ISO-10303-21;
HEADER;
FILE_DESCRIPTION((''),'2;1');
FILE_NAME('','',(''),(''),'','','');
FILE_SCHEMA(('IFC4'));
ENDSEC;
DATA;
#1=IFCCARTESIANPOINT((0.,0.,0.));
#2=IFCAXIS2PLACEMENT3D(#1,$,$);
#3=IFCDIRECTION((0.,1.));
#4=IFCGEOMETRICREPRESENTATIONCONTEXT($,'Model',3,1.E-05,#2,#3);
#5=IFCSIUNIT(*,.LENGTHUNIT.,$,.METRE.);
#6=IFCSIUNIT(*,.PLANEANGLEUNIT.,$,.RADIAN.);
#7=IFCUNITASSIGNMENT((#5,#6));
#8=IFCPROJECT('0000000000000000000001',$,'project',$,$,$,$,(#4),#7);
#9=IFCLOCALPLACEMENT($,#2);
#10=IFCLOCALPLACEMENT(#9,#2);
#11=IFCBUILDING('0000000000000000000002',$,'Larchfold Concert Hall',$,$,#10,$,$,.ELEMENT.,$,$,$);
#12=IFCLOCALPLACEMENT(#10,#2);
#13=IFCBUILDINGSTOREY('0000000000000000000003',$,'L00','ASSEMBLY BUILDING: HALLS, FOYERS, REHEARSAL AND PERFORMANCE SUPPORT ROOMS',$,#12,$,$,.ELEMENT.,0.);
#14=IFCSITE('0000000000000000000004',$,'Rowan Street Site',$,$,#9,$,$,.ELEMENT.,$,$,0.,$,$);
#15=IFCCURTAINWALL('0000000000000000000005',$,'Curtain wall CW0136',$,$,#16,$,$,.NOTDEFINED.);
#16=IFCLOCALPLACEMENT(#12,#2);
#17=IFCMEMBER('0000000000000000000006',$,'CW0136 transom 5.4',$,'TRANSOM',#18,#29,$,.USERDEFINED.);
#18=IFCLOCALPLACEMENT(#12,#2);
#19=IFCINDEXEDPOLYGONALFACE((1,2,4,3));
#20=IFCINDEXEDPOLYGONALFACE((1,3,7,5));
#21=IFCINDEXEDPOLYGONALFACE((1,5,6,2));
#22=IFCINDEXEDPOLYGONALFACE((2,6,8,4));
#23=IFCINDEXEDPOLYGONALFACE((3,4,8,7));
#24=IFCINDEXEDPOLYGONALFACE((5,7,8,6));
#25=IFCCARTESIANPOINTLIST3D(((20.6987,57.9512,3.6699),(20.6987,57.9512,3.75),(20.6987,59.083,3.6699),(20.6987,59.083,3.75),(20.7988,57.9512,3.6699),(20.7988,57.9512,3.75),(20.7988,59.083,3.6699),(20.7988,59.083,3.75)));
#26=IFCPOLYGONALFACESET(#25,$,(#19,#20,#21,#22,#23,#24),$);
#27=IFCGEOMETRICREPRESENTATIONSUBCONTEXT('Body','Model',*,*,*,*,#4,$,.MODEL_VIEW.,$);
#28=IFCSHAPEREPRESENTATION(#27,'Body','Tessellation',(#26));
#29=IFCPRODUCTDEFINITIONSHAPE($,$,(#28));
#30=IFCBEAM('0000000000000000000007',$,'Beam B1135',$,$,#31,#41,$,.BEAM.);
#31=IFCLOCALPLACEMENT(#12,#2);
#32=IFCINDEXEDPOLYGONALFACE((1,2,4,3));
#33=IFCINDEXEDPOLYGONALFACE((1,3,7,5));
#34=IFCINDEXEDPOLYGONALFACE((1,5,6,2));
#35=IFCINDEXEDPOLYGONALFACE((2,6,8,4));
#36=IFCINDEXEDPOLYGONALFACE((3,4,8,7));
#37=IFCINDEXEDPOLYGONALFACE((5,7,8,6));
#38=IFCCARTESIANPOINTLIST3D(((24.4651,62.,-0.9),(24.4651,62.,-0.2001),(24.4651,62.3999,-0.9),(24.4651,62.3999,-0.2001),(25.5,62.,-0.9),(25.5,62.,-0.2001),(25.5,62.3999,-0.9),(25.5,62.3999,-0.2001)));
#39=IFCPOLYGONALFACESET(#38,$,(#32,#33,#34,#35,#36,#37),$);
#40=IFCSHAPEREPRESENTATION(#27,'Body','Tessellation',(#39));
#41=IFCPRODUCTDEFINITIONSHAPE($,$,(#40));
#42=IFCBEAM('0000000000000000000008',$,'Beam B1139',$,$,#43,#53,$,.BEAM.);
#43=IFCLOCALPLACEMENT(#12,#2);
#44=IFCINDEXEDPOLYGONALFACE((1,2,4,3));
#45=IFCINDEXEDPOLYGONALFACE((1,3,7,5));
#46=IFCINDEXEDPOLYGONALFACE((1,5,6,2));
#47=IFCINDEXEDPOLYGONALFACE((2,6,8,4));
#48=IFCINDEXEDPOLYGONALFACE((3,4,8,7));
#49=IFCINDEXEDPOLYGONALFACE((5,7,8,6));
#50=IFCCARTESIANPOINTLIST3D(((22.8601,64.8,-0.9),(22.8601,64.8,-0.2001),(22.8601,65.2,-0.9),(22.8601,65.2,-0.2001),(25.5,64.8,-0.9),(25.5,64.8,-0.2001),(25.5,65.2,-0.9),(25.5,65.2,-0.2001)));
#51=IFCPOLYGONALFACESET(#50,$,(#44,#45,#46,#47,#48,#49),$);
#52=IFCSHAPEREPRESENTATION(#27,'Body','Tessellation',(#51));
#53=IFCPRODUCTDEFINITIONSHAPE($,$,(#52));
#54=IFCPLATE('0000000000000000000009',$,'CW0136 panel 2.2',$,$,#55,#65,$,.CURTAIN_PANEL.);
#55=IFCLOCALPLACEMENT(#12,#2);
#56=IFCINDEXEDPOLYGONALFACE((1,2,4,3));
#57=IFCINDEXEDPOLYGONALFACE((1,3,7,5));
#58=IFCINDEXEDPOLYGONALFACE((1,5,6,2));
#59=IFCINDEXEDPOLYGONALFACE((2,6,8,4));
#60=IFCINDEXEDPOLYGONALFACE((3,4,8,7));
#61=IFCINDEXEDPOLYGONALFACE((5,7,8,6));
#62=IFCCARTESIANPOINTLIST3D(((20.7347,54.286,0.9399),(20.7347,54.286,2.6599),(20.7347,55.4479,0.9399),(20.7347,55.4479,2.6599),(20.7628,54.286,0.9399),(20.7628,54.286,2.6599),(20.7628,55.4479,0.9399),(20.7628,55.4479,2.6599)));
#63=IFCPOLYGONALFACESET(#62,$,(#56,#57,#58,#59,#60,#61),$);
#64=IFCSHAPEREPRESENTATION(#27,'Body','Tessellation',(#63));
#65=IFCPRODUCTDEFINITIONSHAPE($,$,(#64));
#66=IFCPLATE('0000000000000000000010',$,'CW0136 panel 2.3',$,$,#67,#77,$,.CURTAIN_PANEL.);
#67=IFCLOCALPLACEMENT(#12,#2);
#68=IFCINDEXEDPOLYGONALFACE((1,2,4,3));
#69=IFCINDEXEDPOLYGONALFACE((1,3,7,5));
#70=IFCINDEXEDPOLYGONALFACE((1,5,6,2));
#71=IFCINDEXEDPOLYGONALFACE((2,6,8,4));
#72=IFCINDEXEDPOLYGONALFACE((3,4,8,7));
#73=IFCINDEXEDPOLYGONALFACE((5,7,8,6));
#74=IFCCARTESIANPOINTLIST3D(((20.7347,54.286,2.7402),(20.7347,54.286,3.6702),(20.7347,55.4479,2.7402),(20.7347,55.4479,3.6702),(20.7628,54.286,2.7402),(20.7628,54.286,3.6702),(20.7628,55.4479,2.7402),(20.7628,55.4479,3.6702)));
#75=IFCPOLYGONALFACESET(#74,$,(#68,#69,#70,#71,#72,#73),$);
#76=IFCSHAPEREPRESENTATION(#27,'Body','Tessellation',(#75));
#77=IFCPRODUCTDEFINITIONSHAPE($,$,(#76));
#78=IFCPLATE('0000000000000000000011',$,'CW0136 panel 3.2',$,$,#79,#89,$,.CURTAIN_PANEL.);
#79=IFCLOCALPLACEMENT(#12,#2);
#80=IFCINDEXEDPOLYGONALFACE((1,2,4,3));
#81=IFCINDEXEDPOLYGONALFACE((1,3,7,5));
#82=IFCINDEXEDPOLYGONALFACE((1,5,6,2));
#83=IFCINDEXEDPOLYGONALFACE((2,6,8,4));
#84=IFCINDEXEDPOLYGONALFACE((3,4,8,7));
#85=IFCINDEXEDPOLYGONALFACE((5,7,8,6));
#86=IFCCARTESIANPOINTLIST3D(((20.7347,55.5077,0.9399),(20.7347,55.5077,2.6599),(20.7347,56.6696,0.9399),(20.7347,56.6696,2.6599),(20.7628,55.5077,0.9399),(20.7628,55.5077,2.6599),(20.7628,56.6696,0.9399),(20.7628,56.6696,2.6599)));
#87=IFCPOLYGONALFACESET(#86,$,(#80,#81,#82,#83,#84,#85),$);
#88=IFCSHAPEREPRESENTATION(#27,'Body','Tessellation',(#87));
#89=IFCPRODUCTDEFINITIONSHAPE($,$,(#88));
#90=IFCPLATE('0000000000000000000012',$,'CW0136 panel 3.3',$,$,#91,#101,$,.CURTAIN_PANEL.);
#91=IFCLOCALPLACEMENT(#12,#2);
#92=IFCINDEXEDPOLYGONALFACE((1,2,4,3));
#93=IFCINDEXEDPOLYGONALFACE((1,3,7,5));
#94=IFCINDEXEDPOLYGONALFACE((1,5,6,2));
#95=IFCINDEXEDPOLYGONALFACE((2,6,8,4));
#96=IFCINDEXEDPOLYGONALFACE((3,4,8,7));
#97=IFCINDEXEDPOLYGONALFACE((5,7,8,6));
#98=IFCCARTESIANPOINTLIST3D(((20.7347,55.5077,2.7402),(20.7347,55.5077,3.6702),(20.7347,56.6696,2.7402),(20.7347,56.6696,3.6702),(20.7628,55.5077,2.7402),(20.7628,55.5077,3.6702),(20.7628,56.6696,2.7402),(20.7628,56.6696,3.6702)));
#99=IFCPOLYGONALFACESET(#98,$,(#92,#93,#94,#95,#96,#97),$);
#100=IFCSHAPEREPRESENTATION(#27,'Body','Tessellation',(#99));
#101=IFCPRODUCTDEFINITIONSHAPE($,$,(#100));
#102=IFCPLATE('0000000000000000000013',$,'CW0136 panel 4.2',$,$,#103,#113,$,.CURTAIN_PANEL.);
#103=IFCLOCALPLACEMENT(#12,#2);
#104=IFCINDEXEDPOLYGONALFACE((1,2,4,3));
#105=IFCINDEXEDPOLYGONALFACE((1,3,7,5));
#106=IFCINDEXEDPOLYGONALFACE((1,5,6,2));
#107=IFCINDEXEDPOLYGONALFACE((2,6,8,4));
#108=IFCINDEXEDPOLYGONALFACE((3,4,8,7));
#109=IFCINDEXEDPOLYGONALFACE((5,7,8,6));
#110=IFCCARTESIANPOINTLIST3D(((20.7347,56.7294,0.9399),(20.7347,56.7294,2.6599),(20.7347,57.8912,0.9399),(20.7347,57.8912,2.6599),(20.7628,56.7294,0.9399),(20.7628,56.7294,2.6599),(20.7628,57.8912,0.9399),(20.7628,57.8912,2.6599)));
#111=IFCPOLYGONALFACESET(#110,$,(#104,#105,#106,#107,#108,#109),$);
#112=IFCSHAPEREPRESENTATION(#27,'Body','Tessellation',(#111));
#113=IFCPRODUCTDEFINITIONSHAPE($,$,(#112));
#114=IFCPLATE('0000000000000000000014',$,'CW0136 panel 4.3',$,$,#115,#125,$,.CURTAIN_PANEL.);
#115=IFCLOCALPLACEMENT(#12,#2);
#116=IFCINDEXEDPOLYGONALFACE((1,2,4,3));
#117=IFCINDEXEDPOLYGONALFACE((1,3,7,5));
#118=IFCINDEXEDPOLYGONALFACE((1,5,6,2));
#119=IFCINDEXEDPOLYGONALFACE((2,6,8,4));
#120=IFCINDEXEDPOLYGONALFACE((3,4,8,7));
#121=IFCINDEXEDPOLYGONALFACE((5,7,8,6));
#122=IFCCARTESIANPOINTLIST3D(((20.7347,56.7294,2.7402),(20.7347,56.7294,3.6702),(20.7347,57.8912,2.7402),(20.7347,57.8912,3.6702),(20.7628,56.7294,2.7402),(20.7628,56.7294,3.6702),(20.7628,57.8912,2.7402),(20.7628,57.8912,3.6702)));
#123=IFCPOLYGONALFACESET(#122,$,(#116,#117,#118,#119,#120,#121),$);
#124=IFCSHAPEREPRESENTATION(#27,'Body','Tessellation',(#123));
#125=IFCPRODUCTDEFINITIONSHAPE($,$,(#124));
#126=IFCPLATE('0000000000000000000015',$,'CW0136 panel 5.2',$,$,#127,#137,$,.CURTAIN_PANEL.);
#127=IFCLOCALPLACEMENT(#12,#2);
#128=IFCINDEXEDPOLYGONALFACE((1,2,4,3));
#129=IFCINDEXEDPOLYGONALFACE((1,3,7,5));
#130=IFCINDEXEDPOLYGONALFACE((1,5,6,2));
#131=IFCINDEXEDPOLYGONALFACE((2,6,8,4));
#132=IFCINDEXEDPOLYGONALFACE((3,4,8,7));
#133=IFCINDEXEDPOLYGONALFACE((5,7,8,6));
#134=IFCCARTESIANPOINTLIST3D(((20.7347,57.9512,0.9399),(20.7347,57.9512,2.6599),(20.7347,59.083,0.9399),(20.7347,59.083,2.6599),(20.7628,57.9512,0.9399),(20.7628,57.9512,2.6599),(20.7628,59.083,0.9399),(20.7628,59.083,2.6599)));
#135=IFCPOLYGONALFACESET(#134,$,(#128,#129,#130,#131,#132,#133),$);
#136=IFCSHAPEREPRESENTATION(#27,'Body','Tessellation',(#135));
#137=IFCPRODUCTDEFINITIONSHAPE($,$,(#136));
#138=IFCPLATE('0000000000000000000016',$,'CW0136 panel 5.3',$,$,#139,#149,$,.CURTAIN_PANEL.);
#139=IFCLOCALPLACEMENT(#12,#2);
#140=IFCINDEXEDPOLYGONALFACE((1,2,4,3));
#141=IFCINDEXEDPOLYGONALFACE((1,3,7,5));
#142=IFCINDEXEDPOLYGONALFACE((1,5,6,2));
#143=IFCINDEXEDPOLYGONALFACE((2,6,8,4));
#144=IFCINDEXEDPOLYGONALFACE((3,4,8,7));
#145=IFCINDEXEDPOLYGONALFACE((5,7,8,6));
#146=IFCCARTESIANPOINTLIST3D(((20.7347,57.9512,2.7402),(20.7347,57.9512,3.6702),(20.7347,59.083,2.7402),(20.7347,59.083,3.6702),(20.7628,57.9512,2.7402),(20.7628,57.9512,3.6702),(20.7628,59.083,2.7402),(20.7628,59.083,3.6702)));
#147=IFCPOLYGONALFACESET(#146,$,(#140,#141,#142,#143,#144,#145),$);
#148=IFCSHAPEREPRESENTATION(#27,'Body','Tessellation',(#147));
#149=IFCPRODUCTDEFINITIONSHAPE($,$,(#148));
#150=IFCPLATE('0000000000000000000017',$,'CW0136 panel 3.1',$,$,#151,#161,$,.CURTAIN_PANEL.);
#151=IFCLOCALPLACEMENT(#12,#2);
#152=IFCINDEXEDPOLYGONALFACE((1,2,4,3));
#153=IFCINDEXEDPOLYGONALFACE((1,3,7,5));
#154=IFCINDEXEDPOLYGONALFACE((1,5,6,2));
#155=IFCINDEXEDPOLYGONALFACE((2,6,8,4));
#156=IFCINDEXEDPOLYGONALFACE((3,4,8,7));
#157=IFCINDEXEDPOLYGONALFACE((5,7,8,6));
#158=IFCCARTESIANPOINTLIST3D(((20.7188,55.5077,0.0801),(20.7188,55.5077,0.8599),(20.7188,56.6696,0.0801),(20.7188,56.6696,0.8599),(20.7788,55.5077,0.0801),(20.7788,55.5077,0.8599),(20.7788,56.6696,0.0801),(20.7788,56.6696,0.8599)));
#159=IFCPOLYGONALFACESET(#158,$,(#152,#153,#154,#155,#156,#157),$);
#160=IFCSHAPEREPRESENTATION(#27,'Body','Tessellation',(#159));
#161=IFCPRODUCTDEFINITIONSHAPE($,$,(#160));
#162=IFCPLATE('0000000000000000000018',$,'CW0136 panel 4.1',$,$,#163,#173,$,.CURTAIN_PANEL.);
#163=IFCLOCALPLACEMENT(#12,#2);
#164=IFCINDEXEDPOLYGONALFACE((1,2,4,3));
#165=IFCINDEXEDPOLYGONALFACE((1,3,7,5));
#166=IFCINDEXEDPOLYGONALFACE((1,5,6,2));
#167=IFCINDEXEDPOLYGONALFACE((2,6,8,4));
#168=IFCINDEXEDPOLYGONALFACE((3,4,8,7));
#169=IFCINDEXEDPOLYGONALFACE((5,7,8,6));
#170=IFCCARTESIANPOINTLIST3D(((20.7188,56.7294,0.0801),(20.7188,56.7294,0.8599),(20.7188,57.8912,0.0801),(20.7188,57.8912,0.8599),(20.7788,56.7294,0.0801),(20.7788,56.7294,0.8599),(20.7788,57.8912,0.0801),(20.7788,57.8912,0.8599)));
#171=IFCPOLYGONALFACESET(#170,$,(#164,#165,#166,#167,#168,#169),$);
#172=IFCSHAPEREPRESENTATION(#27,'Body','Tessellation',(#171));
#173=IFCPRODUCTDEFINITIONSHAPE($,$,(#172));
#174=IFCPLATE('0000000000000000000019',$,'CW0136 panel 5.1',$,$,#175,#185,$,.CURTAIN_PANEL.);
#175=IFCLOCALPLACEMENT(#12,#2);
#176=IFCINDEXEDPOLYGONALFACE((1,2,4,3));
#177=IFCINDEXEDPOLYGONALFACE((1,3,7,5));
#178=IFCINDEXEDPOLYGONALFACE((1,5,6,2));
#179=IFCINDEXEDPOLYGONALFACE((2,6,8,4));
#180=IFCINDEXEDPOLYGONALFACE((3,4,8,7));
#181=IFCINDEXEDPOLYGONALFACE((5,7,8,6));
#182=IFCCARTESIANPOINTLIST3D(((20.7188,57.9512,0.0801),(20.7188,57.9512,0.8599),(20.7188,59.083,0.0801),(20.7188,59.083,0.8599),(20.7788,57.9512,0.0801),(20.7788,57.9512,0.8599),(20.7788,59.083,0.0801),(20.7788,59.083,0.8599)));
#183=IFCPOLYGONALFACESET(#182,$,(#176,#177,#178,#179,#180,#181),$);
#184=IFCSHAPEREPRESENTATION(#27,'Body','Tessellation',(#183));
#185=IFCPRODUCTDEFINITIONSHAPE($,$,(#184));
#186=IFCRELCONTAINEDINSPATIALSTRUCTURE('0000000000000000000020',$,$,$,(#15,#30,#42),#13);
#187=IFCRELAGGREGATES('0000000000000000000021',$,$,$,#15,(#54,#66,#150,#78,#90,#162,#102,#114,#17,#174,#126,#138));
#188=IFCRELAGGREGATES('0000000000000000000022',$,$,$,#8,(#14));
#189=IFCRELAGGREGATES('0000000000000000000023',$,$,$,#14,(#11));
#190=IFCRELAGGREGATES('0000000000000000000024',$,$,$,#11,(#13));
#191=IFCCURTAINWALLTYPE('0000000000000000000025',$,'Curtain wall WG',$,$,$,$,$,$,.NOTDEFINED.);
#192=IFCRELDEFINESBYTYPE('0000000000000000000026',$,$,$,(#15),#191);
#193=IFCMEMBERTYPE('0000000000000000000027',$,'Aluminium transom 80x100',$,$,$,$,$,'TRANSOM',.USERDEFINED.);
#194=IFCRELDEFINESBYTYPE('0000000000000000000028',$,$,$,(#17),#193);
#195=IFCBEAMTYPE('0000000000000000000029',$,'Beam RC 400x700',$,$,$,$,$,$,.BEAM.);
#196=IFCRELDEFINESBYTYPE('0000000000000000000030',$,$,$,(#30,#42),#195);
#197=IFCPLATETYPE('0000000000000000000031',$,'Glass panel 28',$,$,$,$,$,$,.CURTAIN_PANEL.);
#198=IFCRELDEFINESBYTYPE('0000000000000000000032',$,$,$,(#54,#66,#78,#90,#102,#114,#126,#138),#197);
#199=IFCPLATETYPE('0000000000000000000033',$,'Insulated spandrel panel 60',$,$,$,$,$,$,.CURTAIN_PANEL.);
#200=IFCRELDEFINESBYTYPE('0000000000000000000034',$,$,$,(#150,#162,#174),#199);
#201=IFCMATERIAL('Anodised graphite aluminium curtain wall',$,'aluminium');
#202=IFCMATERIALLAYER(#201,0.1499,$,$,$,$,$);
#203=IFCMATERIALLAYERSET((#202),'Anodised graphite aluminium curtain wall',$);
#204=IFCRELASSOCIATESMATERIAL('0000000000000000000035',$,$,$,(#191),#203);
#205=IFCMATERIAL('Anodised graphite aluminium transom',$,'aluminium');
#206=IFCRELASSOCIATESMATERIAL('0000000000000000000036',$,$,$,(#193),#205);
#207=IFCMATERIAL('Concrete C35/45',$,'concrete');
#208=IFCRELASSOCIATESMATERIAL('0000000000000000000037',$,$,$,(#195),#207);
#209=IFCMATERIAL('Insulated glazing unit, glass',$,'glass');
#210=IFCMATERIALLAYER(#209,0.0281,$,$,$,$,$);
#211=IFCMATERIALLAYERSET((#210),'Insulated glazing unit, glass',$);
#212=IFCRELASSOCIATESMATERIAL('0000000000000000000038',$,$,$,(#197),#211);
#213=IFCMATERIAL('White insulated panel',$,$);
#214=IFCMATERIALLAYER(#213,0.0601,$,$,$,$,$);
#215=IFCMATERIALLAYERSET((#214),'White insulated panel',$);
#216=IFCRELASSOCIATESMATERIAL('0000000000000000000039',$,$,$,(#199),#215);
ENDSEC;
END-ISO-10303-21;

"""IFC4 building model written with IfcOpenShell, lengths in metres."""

from ifc_helpers import new_model, si_unit, direction, frame, origin, origin_2d, place, context, subcontext, project, spatial, rectangle, extrude, material, layer, layer_set, material_profile, profile_set, type_object, element, aggregate, save


model = new_model("IFC4")

# Units and contexts
model_context = context("Model", 3, precision=1e-05, world=origin(), true_north=direction((0.0, 1.0)))
body_context = subcontext(model_context, "Body", "Model", "MODEL_VIEW")
ifc_project = project(units=[si_unit("LENGTHUNIT", "METRE"), si_unit("PLANEANGLEUNIT", "RADIAN")], contexts=[model_context])

# Site, building, storey
site_placement = place(None, origin())
site = spatial("IfcSite", under=ifc_project, at=site_placement, Name="Rowan Street Site", CompositionType="ELEMENT", RefElevation=0.0)
building_placement = place(site_placement, origin())
building = spatial("IfcBuilding", under=site, at=building_placement, Name="Larchfold Concert Hall", CompositionType="ELEMENT")
storey_placement = place(building_placement, origin())
storey = spatial("IfcBuildingStorey", under=building, at=storey_placement, Name="L00", Description="ASSEMBLY BUILDING: HALLS, FOYERS, REHEARSAL AND PERFORMANCE SUPPORT ROOMS", CompositionType="ELEMENT", Elevation=0.0)

# Curtain wall, member
ifc_material_1 = material(Name="Anodised graphite aluminium curtain wall", Category="aluminium")
ifc_layer_1 = layer(ifc_material_1, 0.1499)
ifc_layer_set_1 = layer_set([ifc_layer_1], Name="Anodised graphite aluminium curtain wall")
curtain_wall_type = type_object("IfcCurtainWallType", Name="Curtain wall WG", PredefinedType="NOTDEFINED", material=ifc_layer_set_1)
curtain_wall_placement = place(storey_placement, origin())
curtain_wall = element("IfcCurtainWall", 1, at=curtain_wall_placement, inside=storey, type_object=curtain_wall_type, Name="Curtain wall CW0136", PredefinedType="NOTDEFINED")
ifc_material_2 = material(Name="Anodised graphite aluminium transom", Category="aluminium")
ifc_material_profile_1 = material_profile(ifc_material_2, rectangle(XDim=0.1001, YDim=0.0801, at=origin_2d()))
ifc_profile_set_1 = profile_set([ifc_material_profile_1], Name="Anodised graphite aluminium transom")
member_type_1 = type_object("IfcMemberType", Name="Aluminium transom 80x100", ElementType="TRANSOM", PredefinedType="USERDEFINED", material=ifc_profile_set_1)
member_1_placement = place(storey_placement, frame((20.7488, 57.9512, 3.71), z_axis=(0.0, 1.0, 0.0), x_axis=(-1.0, 0.0, 0.0)))
member_1 = element("IfcMember", 2, at=member_1_placement, type_object=member_type_1, Name="CW0136 transom 5.4", ObjectType="TRANSOM", PredefinedType="USERDEFINED", context=body_context, shape_type="SweptSolid", body=[
    extrude(rectangle(XDim=0.1001, YDim=0.0801, at=origin_2d()), origin(), (0.0, 0.0, 1.0), 1.1318),
])

# Beams
ifc_material_3 = material(Name="Concrete C35/45", Category="concrete")
ifc_material_profile_2 = material_profile(ifc_material_3, rectangle(XDim=0.3999, YDim=0.7, at=origin_2d()))
ifc_profile_set_2 = profile_set([ifc_material_profile_2], Name="Concrete C35/45")
beam_type = type_object("IfcBeamType", Name="Beam RC 400x700", PredefinedType="BEAM", material=ifc_profile_set_2)
beam_1_placement = place(storey_placement, frame((24.4651, 62.2, -0.55), z_axis=(1.0, 0.0, 0.0), x_axis=(0.0, 1.0, 0.0)))
element("IfcBeam", 3, at=beam_1_placement, inside=storey, type_object=beam_type, Name="Beam B1135", PredefinedType="BEAM", context=body_context, shape_type="SweptSolid", body=[
    extrude(rectangle(XDim=0.3999, YDim=0.7, at=origin_2d()), origin(), (0.0, 0.0, 1.0), 1.0349),
])
beam_2_placement = place(storey_placement, frame((22.8601, 65.0, -0.55), z_axis=(1.0, 0.0, 0.0), x_axis=(0.0, 1.0, 0.0)))
element("IfcBeam", 4, at=beam_2_placement, inside=storey, type_object=beam_type, Name="Beam B1139", PredefinedType="BEAM", context=body_context, shape_type="SweptSolid", body=[
    extrude(rectangle(XDim=0.3999, YDim=0.7, at=origin_2d()), origin(), (0.0, 0.0, 1.0), 2.6399),
])

# Plates
ifc_material_4 = material(Name="Insulated glazing unit, glass", Category="glass")
ifc_layer_2 = layer(ifc_material_4, 0.0281)
ifc_layer_set_2 = layer_set([ifc_layer_2], Name="Insulated glazing unit, glass")
plate_type_1 = type_object("IfcPlateType", Name="Glass panel 28", PredefinedType="CURTAIN_PANEL", material=ifc_layer_set_2)
plate_1_placement = place(storey_placement, frame((20.7488, 54.8669, 0.9399), z_axis=(0.0, 0.0, 1.0), x_axis=(0.0, 1.0, 0.0)))
plate_1 = element("IfcPlate", 5, at=plate_1_placement, type_object=plate_type_1, Name="CW0136 panel 2.2", PredefinedType="CURTAIN_PANEL", context=body_context, shape_type="SweptSolid", body=[
    extrude(rectangle(XDim=1.1619, YDim=0.0281, at=origin_2d()), origin(), (0.0, 0.0, 1.0), 1.72),
])
plate_2_placement = place(storey_placement, frame((20.7488, 54.8669, 2.7402), z_axis=(0.0, 0.0, 1.0), x_axis=(0.0, 1.0, 0.0)))
plate_2 = element("IfcPlate", 6, at=plate_2_placement, type_object=plate_type_1, Name="CW0136 panel 2.3", PredefinedType="CURTAIN_PANEL", context=body_context, shape_type="SweptSolid", body=[
    extrude(rectangle(XDim=1.1619, YDim=0.0281, at=origin_2d()), origin(), (0.0, 0.0, 1.0), 0.9299),
])
plate_3_placement = place(storey_placement, frame((20.7488, 56.0886, 0.9399), z_axis=(0.0, 0.0, 1.0), x_axis=(0.0, 1.0, 0.0)))
plate_3 = element("IfcPlate", 7, at=plate_3_placement, type_object=plate_type_1, Name="CW0136 panel 3.2", PredefinedType="CURTAIN_PANEL", context=body_context, shape_type="SweptSolid", body=[
    extrude(rectangle(XDim=1.1619, YDim=0.0281, at=origin_2d()), origin(), (0.0, 0.0, 1.0), 1.72),
])
plate_4_placement = place(storey_placement, frame((20.7488, 56.0886, 2.7402), z_axis=(0.0, 0.0, 1.0), x_axis=(0.0, 1.0, 0.0)))
plate_4 = element("IfcPlate", 8, at=plate_4_placement, type_object=plate_type_1, Name="CW0136 panel 3.3", PredefinedType="CURTAIN_PANEL", context=body_context, shape_type="SweptSolid", body=[
    extrude(rectangle(XDim=1.1619, YDim=0.0281, at=origin_2d()), origin(), (0.0, 0.0, 1.0), 0.9299),
])
plate_5_placement = place(storey_placement, frame((20.7488, 57.3103, 0.9399), z_axis=(0.0, 0.0, 1.0), x_axis=(0.0, 1.0, 0.0)))
plate_5 = element("IfcPlate", 9, at=plate_5_placement, type_object=plate_type_1, Name="CW0136 panel 4.2", PredefinedType="CURTAIN_PANEL", context=body_context, shape_type="SweptSolid", body=[
    extrude(rectangle(XDim=1.1619, YDim=0.0281, at=origin_2d()), origin(), (0.0, 0.0, 1.0), 1.72),
])
plate_6_placement = place(storey_placement, frame((20.7488, 57.3103, 2.7402), z_axis=(0.0, 0.0, 1.0), x_axis=(0.0, 1.0, 0.0)))
plate_6 = element("IfcPlate", 10, at=plate_6_placement, type_object=plate_type_1, Name="CW0136 panel 4.3", PredefinedType="CURTAIN_PANEL", context=body_context, shape_type="SweptSolid", body=[
    extrude(rectangle(XDim=1.1619, YDim=0.0281, at=origin_2d()), origin(), (0.0, 0.0, 1.0), 0.9299),
])
plate_7_placement = place(storey_placement, frame((20.7488, 58.5171, 0.9399), z_axis=(0.0, 0.0, 1.0), x_axis=(0.0, 1.0, 0.0)))
plate_7 = element("IfcPlate", 11, at=plate_7_placement, type_object=plate_type_1, Name="CW0136 panel 5.2", PredefinedType="CURTAIN_PANEL", context=body_context, shape_type="SweptSolid", body=[
    extrude(rectangle(XDim=1.1318, YDim=0.0281, at=origin_2d()), origin(), (0.0, 0.0, 1.0), 1.72),
])
plate_8_placement = place(storey_placement, frame((20.7488, 58.5171, 2.7402), z_axis=(0.0, 0.0, 1.0), x_axis=(0.0, 1.0, 0.0)))
plate_8 = element("IfcPlate", 12, at=plate_8_placement, type_object=plate_type_1, Name="CW0136 panel 5.3", PredefinedType="CURTAIN_PANEL", context=body_context, shape_type="SweptSolid", body=[
    extrude(rectangle(XDim=1.1318, YDim=0.0281, at=origin_2d()), origin(), (0.0, 0.0, 1.0), 0.9299),
])
ifc_material_5 = material(Name="White insulated panel")
ifc_layer_3 = layer(ifc_material_5, 0.0601)
ifc_layer_set_3 = layer_set([ifc_layer_3], Name="White insulated panel")
plate_type_2 = type_object("IfcPlateType", Name="Insulated spandrel panel 60", PredefinedType="CURTAIN_PANEL", material=ifc_layer_set_3)
plate_9_placement = place(storey_placement, frame((20.7488, 56.0886, 0.0801), z_axis=(0.0, 0.0, 1.0), x_axis=(0.0, 1.0, 0.0)))
plate_9 = element("IfcPlate", 13, at=plate_9_placement, type_object=plate_type_2, Name="CW0136 panel 3.1", PredefinedType="CURTAIN_PANEL", context=body_context, shape_type="SweptSolid", body=[
    extrude(rectangle(XDim=1.1619, YDim=0.0601, at=origin_2d()), origin(), (0.0, 0.0, 1.0), 0.7798),
])
plate_10_placement = place(storey_placement, frame((20.7488, 57.3103, 0.0801), z_axis=(0.0, 0.0, 1.0), x_axis=(0.0, 1.0, 0.0)))
plate_10 = element("IfcPlate", 14, at=plate_10_placement, type_object=plate_type_2, Name="CW0136 panel 4.1", PredefinedType="CURTAIN_PANEL", context=body_context, shape_type="SweptSolid", body=[
    extrude(rectangle(XDim=1.1619, YDim=0.0601, at=origin_2d()), origin(), (0.0, 0.0, 1.0), 0.7798),
])
plate_11_placement = place(storey_placement, frame((20.7488, 58.5171, 0.0801), z_axis=(0.0, 0.0, 1.0), x_axis=(0.0, 1.0, 0.0)))
plate_11 = element("IfcPlate", 15, at=plate_11_placement, type_object=plate_type_2, Name="CW0136 panel 5.1", PredefinedType="CURTAIN_PANEL", context=body_context, shape_type="SweptSolid", body=[
    extrude(rectangle(XDim=1.1318, YDim=0.0601, at=origin_2d()), origin(), (0.0, 0.0, 1.0), 0.7798),
])
aggregate(curtain_wall, [plate_1, plate_2, plate_9, plate_3, plate_4, plate_10, plate_5, plate_6, member_1, plate_11, plate_7, plate_8])

save(model, "model.ifc")
